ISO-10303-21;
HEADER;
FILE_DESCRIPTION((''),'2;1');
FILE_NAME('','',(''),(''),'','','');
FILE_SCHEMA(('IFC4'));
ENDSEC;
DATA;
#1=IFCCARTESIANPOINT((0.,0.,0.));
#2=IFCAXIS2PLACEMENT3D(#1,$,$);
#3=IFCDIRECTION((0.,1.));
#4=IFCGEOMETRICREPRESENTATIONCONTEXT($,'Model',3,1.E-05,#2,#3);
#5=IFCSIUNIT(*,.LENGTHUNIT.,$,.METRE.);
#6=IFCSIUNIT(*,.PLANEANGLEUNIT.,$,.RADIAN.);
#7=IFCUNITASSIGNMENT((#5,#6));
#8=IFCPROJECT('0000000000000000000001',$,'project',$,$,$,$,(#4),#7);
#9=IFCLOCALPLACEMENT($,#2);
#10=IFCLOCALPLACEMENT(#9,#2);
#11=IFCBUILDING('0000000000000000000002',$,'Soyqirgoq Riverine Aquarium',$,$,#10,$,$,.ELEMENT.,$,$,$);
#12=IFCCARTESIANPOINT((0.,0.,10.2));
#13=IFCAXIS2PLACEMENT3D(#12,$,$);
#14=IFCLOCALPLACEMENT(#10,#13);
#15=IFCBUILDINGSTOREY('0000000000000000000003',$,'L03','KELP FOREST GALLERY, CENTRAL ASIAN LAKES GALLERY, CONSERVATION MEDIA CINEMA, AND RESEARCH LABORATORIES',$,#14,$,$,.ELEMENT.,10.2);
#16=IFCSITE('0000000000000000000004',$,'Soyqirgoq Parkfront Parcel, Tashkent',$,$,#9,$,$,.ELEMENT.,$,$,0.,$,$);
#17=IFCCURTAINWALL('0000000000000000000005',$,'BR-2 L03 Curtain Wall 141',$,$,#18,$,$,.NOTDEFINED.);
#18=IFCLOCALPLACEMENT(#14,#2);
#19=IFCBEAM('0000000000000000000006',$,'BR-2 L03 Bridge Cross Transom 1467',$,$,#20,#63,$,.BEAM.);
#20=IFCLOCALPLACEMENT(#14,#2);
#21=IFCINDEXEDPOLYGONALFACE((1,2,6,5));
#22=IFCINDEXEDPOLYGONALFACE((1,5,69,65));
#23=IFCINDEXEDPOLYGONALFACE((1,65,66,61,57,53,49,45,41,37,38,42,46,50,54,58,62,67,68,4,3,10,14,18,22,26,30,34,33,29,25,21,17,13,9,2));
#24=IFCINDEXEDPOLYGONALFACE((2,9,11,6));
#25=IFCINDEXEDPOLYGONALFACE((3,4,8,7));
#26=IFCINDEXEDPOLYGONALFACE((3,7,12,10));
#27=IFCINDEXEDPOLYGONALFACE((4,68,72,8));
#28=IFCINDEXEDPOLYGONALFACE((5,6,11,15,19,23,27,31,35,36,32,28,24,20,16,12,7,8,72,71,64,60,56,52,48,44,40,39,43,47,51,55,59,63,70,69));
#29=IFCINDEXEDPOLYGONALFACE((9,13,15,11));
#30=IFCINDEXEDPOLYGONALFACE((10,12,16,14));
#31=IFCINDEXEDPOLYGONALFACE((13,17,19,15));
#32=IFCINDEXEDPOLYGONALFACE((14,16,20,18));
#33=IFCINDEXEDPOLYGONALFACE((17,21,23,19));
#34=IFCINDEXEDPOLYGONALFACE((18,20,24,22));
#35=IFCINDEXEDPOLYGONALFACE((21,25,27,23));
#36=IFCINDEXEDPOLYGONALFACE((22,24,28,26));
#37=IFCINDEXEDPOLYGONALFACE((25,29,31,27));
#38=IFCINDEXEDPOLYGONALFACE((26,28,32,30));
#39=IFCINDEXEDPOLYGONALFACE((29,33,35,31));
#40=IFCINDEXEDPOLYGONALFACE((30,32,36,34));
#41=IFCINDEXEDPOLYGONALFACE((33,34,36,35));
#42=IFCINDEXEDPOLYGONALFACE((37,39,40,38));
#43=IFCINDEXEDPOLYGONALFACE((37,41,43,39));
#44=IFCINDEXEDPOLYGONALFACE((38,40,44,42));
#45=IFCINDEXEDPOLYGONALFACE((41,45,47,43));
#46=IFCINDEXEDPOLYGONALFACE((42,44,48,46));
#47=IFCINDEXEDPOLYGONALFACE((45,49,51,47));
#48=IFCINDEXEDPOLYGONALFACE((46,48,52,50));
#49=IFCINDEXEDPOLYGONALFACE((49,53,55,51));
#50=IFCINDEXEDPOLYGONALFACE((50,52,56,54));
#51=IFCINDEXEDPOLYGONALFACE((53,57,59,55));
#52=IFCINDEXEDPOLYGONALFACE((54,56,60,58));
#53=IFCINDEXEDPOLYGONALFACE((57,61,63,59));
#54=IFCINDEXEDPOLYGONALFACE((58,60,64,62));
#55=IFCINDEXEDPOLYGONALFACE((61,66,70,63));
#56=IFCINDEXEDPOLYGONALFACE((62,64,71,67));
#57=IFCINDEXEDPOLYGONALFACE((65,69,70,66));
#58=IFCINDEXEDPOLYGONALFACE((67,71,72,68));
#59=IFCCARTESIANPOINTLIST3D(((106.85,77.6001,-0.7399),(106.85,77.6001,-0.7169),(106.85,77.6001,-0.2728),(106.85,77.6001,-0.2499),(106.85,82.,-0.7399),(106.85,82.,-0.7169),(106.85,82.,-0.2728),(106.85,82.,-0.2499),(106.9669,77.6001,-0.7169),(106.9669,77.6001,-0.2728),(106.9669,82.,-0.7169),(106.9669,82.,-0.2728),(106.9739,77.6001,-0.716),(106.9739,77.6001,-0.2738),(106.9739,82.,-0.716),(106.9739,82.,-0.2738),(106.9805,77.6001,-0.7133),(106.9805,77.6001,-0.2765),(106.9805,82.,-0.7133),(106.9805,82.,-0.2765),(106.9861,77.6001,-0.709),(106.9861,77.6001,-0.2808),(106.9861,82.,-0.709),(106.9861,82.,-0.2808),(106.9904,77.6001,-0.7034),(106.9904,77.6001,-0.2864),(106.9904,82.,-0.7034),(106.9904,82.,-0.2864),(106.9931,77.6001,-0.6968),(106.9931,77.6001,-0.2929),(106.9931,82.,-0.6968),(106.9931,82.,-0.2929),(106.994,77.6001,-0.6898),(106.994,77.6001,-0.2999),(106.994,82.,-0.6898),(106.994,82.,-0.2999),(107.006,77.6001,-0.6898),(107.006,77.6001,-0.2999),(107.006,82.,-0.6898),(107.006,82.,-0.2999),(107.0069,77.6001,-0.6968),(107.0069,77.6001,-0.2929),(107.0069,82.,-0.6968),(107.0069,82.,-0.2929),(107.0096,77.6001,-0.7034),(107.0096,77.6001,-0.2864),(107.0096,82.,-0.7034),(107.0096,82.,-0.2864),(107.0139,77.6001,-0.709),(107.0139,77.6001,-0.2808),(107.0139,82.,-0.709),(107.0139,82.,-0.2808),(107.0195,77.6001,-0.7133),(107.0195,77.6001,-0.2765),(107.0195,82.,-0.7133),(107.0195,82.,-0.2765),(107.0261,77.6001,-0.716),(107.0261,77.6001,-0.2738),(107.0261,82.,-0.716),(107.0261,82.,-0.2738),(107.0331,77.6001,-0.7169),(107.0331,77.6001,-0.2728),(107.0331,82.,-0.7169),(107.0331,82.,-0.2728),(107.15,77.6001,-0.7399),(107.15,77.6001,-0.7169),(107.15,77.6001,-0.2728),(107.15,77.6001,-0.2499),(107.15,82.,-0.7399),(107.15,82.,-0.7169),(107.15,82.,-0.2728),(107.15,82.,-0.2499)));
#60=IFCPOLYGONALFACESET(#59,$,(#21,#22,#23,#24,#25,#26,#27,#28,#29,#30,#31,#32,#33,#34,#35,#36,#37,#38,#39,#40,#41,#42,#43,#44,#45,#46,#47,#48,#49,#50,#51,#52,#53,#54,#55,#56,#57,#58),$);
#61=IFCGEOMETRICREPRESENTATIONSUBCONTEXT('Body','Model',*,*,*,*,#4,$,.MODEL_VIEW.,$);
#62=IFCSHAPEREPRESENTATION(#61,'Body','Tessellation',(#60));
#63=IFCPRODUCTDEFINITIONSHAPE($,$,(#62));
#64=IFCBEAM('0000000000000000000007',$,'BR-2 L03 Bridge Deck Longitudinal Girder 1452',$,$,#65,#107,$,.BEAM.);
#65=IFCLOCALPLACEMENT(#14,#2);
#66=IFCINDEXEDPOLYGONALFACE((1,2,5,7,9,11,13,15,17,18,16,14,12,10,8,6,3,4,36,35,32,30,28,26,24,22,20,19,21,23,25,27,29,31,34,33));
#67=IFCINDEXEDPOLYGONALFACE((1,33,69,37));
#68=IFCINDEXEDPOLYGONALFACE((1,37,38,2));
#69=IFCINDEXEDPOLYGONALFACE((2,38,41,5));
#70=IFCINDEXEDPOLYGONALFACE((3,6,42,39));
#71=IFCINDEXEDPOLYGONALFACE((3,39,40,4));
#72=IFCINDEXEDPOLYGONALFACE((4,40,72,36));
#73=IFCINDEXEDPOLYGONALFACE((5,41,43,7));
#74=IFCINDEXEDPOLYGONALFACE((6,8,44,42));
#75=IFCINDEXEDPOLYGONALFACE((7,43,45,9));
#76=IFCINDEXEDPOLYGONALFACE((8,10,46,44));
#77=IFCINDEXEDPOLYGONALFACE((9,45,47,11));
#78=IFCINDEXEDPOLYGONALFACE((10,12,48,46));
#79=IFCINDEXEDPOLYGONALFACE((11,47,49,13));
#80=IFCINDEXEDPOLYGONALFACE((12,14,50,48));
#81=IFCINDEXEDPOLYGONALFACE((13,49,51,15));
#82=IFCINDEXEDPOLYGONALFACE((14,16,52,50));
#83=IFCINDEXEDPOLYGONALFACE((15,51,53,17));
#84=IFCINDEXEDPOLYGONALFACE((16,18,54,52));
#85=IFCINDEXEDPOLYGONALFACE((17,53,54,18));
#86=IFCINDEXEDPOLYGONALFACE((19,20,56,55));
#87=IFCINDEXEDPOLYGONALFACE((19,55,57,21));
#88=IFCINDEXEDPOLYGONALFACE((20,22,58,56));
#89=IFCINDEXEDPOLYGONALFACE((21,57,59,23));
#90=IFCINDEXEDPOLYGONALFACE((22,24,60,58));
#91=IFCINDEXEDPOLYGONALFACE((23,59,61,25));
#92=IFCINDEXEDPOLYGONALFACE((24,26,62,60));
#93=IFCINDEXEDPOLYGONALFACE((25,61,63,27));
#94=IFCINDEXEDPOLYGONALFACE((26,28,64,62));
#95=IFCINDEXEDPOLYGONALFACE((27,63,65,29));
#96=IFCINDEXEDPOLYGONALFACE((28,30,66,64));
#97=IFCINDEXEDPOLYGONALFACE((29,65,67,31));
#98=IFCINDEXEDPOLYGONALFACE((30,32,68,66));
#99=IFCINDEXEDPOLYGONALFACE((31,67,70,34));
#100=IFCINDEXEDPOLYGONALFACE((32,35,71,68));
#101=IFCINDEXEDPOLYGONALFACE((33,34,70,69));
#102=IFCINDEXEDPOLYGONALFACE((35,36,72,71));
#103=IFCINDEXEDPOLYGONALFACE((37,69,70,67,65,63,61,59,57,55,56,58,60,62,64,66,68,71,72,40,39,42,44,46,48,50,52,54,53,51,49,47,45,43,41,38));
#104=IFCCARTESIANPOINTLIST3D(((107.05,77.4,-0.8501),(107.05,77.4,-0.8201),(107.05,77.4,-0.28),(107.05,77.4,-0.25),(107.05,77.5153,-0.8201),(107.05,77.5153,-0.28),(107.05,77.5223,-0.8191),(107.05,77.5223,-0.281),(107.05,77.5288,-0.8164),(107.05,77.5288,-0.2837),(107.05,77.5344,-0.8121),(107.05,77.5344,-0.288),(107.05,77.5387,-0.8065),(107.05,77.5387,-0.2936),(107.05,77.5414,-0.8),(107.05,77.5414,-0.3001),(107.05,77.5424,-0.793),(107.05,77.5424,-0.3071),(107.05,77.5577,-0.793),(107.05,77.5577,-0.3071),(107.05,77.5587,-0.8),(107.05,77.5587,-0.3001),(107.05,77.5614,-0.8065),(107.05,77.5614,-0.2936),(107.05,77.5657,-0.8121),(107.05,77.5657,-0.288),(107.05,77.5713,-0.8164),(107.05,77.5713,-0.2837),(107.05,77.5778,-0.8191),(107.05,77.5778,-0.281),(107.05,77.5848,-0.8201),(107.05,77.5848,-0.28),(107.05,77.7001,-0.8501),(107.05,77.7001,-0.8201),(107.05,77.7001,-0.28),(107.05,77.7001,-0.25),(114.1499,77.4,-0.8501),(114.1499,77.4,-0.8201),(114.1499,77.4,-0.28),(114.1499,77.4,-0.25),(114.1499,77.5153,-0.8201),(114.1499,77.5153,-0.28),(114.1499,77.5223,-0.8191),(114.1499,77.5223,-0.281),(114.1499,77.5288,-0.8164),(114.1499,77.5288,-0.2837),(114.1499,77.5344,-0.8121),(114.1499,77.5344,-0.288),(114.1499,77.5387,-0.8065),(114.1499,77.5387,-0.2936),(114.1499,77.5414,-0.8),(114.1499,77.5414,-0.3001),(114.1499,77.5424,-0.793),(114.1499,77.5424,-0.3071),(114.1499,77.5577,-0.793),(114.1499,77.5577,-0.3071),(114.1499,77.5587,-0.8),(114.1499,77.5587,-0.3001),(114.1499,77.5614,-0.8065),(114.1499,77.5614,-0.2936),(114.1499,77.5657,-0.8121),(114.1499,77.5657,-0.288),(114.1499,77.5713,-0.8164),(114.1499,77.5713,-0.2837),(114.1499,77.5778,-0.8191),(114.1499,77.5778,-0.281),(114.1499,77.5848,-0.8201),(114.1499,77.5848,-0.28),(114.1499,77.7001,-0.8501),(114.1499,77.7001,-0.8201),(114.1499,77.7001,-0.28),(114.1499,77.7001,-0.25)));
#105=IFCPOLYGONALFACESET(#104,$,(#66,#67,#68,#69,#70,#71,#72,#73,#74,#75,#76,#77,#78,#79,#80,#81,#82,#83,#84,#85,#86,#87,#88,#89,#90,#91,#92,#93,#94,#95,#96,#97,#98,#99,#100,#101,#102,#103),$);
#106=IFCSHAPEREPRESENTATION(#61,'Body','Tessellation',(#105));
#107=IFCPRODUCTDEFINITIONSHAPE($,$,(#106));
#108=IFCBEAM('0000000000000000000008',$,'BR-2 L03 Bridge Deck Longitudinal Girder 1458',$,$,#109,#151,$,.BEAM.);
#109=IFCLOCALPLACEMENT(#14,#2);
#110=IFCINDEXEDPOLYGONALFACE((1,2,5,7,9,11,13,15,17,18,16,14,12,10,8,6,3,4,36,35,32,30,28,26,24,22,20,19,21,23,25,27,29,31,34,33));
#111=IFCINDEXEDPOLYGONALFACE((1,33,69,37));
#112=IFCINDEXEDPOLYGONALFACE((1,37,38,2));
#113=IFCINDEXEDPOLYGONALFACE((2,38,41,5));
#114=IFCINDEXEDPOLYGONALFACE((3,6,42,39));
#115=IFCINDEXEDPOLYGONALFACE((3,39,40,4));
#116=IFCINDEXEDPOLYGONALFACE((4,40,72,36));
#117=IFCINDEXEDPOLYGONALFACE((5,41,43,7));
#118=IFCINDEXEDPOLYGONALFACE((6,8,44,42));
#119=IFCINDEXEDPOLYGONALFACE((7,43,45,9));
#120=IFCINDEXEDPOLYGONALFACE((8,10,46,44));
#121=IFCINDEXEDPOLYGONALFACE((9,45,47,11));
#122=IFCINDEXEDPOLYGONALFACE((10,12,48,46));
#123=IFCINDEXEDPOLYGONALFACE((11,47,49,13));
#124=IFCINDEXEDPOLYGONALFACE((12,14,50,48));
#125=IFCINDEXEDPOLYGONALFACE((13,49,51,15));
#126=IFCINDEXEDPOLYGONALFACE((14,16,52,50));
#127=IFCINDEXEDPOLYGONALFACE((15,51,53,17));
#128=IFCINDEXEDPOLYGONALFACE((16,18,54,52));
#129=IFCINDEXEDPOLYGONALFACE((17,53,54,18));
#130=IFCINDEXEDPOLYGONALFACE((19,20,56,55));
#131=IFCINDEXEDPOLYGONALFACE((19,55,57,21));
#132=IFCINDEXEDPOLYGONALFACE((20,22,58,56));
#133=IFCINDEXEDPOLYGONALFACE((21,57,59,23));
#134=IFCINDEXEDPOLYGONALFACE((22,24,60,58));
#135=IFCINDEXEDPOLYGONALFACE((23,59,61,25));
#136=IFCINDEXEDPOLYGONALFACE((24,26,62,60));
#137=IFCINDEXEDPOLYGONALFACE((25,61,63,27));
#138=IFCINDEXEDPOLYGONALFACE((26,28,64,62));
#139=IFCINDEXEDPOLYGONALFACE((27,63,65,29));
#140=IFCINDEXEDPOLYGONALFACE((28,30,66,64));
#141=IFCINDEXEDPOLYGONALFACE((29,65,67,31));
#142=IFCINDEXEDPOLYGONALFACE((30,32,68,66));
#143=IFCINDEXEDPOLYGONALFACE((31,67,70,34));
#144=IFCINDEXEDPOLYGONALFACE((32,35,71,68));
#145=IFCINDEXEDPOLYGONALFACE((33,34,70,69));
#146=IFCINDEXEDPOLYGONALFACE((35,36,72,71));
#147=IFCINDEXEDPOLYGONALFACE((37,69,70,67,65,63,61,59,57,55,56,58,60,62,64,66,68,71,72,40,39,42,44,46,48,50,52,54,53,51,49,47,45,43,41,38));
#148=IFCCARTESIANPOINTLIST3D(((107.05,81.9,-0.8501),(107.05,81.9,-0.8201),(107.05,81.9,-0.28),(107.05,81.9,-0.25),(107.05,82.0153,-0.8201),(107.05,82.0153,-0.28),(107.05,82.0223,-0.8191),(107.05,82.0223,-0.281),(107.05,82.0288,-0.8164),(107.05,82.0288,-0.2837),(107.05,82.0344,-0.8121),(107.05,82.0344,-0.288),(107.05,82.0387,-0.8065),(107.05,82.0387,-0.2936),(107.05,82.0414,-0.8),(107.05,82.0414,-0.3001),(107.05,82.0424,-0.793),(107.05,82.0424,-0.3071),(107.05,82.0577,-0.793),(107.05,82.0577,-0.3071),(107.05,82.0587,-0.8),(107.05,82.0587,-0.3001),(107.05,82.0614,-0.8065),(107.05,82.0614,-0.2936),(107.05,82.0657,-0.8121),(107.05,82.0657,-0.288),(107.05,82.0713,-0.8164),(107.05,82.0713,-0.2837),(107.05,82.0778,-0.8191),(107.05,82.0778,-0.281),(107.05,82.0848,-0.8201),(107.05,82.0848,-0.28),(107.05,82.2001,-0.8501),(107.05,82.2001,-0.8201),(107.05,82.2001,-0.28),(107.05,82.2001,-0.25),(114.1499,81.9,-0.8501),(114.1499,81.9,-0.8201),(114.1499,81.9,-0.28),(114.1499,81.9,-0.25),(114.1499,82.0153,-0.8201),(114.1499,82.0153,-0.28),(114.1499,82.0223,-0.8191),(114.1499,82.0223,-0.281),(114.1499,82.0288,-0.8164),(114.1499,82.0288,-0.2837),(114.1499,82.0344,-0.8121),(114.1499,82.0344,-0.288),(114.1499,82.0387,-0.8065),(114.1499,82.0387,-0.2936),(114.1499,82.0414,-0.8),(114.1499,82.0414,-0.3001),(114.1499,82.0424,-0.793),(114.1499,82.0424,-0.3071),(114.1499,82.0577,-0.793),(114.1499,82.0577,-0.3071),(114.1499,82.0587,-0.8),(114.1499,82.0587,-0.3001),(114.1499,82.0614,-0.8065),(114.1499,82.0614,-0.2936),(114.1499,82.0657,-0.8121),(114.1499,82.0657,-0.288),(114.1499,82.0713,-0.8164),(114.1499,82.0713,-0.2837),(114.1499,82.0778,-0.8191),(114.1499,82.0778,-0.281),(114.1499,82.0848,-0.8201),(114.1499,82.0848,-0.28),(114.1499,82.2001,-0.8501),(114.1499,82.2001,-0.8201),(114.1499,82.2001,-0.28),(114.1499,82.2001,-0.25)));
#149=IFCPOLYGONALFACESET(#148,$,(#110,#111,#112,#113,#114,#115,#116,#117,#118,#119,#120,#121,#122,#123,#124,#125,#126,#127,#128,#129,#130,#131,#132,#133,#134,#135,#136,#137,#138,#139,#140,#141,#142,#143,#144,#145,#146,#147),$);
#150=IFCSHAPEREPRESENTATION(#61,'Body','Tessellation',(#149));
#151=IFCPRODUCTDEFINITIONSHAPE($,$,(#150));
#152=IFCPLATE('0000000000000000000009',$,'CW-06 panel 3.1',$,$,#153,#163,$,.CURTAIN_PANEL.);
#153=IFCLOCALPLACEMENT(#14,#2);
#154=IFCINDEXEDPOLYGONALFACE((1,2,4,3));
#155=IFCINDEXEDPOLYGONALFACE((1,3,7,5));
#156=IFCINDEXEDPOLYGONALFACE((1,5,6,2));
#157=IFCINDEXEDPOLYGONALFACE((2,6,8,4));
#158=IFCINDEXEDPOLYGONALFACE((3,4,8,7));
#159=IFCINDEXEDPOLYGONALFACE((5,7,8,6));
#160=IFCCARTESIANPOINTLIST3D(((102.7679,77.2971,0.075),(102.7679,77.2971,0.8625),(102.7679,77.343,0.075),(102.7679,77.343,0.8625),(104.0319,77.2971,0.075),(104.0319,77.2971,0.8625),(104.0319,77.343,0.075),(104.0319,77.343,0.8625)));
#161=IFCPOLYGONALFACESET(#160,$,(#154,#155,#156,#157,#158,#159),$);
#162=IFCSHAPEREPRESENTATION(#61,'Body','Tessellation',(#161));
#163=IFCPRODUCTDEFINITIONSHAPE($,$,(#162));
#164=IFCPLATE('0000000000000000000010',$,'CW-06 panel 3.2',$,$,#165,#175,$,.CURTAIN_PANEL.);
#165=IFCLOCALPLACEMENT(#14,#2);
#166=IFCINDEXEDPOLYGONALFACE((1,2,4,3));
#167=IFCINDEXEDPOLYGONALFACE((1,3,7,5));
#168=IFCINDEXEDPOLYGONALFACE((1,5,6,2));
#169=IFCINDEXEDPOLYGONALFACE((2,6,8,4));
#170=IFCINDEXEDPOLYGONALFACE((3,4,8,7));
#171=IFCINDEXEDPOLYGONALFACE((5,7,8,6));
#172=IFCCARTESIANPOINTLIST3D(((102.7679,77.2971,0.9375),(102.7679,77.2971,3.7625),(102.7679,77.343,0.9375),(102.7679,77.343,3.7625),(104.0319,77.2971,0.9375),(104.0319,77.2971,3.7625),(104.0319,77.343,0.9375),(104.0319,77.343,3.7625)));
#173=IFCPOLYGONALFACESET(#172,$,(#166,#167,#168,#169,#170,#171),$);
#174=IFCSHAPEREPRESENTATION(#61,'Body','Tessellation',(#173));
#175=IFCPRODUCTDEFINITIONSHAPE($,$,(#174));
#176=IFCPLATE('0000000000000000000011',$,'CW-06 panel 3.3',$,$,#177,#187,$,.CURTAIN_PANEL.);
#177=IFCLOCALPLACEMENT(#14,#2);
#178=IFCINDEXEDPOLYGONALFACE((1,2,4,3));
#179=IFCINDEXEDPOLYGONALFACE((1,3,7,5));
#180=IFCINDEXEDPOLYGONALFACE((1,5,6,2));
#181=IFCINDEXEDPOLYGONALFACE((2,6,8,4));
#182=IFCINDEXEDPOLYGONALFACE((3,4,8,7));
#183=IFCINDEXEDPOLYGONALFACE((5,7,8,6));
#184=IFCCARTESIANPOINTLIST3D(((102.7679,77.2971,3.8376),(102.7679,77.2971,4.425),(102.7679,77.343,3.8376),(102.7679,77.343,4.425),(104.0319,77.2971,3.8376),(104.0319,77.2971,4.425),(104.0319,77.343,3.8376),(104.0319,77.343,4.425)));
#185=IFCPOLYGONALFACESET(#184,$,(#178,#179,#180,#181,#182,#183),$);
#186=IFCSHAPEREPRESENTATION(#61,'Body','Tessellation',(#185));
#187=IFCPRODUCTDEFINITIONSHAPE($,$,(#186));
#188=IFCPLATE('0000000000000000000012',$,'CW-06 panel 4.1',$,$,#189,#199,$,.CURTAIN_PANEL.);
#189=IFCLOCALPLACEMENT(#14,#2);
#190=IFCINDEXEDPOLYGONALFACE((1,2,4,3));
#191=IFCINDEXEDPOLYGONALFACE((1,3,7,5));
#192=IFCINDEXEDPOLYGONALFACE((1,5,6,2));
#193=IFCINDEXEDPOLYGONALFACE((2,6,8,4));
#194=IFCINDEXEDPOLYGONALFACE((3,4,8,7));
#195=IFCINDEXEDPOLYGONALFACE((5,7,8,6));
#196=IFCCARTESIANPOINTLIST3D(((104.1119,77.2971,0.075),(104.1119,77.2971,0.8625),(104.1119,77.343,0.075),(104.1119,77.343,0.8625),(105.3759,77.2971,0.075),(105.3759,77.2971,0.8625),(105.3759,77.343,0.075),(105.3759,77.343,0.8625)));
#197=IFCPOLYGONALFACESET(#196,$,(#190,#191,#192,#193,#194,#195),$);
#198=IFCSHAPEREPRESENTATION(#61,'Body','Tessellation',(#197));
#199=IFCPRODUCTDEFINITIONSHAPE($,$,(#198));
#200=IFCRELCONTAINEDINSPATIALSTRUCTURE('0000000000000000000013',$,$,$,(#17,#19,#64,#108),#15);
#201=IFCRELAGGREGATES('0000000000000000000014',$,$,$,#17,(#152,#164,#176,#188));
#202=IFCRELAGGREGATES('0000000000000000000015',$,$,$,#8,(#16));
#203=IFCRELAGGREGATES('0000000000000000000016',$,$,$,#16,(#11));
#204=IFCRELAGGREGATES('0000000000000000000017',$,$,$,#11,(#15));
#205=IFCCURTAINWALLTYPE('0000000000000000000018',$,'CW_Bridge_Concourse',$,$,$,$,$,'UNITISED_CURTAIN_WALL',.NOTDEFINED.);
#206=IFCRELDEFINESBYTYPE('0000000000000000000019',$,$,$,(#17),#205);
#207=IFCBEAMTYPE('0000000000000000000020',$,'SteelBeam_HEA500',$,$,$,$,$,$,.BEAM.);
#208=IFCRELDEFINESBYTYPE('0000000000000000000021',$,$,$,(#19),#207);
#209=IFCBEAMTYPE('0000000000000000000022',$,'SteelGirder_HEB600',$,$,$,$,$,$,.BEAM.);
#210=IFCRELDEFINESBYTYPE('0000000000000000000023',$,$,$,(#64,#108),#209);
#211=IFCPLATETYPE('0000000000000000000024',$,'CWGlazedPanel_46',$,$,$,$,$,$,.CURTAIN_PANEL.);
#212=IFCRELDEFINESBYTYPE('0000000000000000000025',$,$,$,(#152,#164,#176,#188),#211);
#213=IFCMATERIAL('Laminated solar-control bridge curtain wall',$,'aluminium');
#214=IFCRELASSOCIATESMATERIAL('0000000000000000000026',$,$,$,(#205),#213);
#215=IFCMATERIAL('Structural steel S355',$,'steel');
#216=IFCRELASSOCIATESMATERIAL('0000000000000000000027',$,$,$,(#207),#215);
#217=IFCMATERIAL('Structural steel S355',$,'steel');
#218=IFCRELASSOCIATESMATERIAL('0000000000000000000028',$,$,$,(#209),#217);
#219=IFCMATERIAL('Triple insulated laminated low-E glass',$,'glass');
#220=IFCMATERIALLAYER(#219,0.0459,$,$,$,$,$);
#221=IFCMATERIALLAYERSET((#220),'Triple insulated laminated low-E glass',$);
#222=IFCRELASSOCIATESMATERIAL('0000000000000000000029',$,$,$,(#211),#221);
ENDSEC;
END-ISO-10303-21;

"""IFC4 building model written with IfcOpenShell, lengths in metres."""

from ifc_helpers import new_model, si_unit, direction, frame, origin, origin_2d, place, context, subcontext, project, spatial, rectangle, i_section, extrude, material, layer, layer_set, material_profile, profile_set, type_object, element, aggregate, save


model = new_model("IFC4")

# Units and contexts
model_context = context("Model", 3, precision=1e-05, world=origin(), true_north=direction((0.0, 1.0)))
body_context = subcontext(model_context, "Body", "Model", "MODEL_VIEW")
ifc_project = project(units=[si_unit("LENGTHUNIT", "METRE"), si_unit("PLANEANGLEUNIT", "RADIAN")], contexts=[model_context])

# Site, building, storey
site_placement = place(None, origin())
site = spatial("IfcSite", under=ifc_project, at=site_placement, Name="Soyqirgoq Parkfront Parcel, Tashkent", CompositionType="ELEMENT", RefElevation=0.0)
building_placement = place(site_placement, origin())
building = spatial("IfcBuilding", under=site, at=building_placement, Name="Soyqirgoq Riverine Aquarium", CompositionType="ELEMENT")
storey_placement = place(building_placement, frame((0.0, 0.0, 10.2)))
storey = spatial("IfcBuildingStorey", under=building, at=storey_placement, Name="L03", Description="KELP FOREST GALLERY, CENTRAL ASIAN LAKES GALLERY, CONSERVATION MEDIA CINEMA, AND RESEARCH LABORATORIES", CompositionType="ELEMENT", Elevation=10.2)

# Curtain wall
ifc_material_1 = material(Name="Laminated solar-control bridge curtain wall", Category="aluminium")
curtain_wall_type = type_object("IfcCurtainWallType", Name="CW_Bridge_Concourse", ElementType="UNITISED_CURTAIN_WALL", PredefinedType="NOTDEFINED", material=ifc_material_1)
curtain_wall_1_placement = place(storey_placement, origin())
curtain_wall_1 = element("IfcCurtainWall", 1, at=curtain_wall_1_placement, inside=storey, type_object=curtain_wall_type, Name="BR-2 L03 Curtain Wall 141", PredefinedType="NOTDEFINED")

# Beams
ifc_material_2 = material(Name="Structural steel S355", Category="steel")
ifc_material_profile_1 = material_profile(ifc_material_2, i_section(OverallWidth=0.3, OverallDepth=0.49, WebThickness=0.012, FlangeThickness=0.0229, FilletRadius=0.0271, at=origin_2d()), Name="HEA 500")
ifc_profile_set_1 = profile_set([ifc_material_profile_1], Name="Structural steel S355")
beam_type_1 = type_object("IfcBeamType", Name="SteelBeam_HEA500", PredefinedType="BEAM", material=ifc_profile_set_1)
beam_placement = place(storey_placement, frame((107.0, 77.6001, -0.4949), z_axis=(0.0, 1.0, 0.0), x_axis=(-1.0, 0.0, 0.0)))
element("IfcBeam", 2, at=beam_placement, inside=storey, type_object=beam_type_1, Name="BR-2 L03 Bridge Cross Transom 1467", PredefinedType="BEAM", context=body_context, shape_type="SweptSolid", body=[
    extrude(i_section(OverallWidth=0.3, OverallDepth=0.49, WebThickness=0.012, FlangeThickness=0.0229, FilletRadius=0.0271, at=origin_2d()), origin(), (0.0, 0.0, 1.0), 4.3999),
])
ifc_material_3 = material(Name="Structural steel S355", Category="steel")
ifc_material_profile_2 = material_profile(ifc_material_3, i_section(OverallWidth=0.3, OverallDepth=0.6001, WebThickness=0.0154, FlangeThickness=0.03, FilletRadius=0.0271, at=origin_2d()), Name="HEB 600")
ifc_profile_set_2 = profile_set([ifc_material_profile_2], Name="Structural steel S355")
beam_type_2 = type_object("IfcBeamType", Name="SteelGirder_HEB600", PredefinedType="BEAM", material=ifc_profile_set_2)
for number, where, z_axis, x_axis, name in (
    (3, (107.05, 77.55, -0.55), (1.0, 0.0, 0.0), (0.0, 1.0, 0.0), "BR-2 L03 Bridge Deck Longitudinal Girder 1452"),
    (4, (107.05, 82.05, -0.55), (1.0, 0.0, 0.0), (0.0, 1.0, 0.0), "BR-2 L03 Bridge Deck Longitudinal Girder 1458"),
):
    element("IfcBeam", number, at=place(storey_placement, frame(where, z_axis=z_axis, x_axis=x_axis)), inside=storey, type_object=beam_type_2, Name=name, PredefinedType="BEAM", context=body_context, shape_type="SweptSolid", body=[
        extrude(i_section(OverallWidth=0.3, OverallDepth=0.6001, WebThickness=0.0154, FlangeThickness=0.03, FilletRadius=0.0271, at=origin_2d()), origin(), (0.0, 0.0, 1.0), 7.0999),
    ])

# Plates
ifc_material_4 = material(Name="Triple insulated laminated low-E glass", Category="glass")
ifc_layer_1 = layer(ifc_material_4, 0.0459)
ifc_layer_set_1 = layer_set([ifc_layer_1], Name="Triple insulated laminated low-E glass")
plate_type_1 = type_object("IfcPlateType", Name="CWGlazedPanel_46", PredefinedType="CURTAIN_PANEL", material=ifc_layer_set_1)
plate_1_placement = place(storey_placement, frame((103.3999, 77.3201, 0.075), z_axis=(0.0, 0.0, 1.0), x_axis=(1.0, 0.0, 0.0)))
plate_1 = element("IfcPlate", 5, at=plate_1_placement, type_object=plate_type_1, Name="CW-06 panel 3.1", PredefinedType="CURTAIN_PANEL", context=body_context, shape_type="SweptSolid", body=[
    extrude(rectangle(XDim=1.2639, YDim=0.0459, at=origin_2d()), origin(), (0.0, 0.0, 1.0), 0.7876),
])
plate_2_placement = place(storey_placement, frame((103.3999, 77.3201, 0.9375), z_axis=(0.0, 0.0, 1.0), x_axis=(1.0, 0.0, 0.0)))
plate_2 = element("IfcPlate", 6, at=plate_2_placement, type_object=plate_type_1, Name="CW-06 panel 3.2", PredefinedType="CURTAIN_PANEL", context=body_context, shape_type="SweptSolid", body=[
    extrude(rectangle(XDim=1.2639, YDim=0.0459, at=origin_2d()), origin(), (0.0, 0.0, 1.0), 2.825),
])
plate_3_placement = place(storey_placement, frame((103.3999, 77.3201, 3.8376), z_axis=(0.0, 0.0, 1.0), x_axis=(1.0, 0.0, 0.0)))
plate_3 = element("IfcPlate", 7, at=plate_3_placement, type_object=plate_type_1, Name="CW-06 panel 3.3", PredefinedType="CURTAIN_PANEL", context=body_context, shape_type="SweptSolid", body=[
    extrude(rectangle(XDim=1.2639, YDim=0.0459, at=origin_2d()), origin(), (0.0, 0.0, 1.0), 0.5874),
])
plate_4_placement = place(storey_placement, frame((104.7439, 77.3201, 0.075), z_axis=(0.0, 0.0, 1.0), x_axis=(1.0, 0.0, 0.0)))
plate_4 = element("IfcPlate", 8, at=plate_4_placement, type_object=plate_type_1, Name="CW-06 panel 4.1", PredefinedType="CURTAIN_PANEL", context=body_context, shape_type="SweptSolid", body=[
    extrude(rectangle(XDim=1.2639, YDim=0.0459, at=origin_2d()), origin(), (0.0, 0.0, 1.0), 0.7876),
])
aggregate(curtain_wall_1, [plate_1, plate_2, plate_3, plate_4])

save(model, "model.ifc")
